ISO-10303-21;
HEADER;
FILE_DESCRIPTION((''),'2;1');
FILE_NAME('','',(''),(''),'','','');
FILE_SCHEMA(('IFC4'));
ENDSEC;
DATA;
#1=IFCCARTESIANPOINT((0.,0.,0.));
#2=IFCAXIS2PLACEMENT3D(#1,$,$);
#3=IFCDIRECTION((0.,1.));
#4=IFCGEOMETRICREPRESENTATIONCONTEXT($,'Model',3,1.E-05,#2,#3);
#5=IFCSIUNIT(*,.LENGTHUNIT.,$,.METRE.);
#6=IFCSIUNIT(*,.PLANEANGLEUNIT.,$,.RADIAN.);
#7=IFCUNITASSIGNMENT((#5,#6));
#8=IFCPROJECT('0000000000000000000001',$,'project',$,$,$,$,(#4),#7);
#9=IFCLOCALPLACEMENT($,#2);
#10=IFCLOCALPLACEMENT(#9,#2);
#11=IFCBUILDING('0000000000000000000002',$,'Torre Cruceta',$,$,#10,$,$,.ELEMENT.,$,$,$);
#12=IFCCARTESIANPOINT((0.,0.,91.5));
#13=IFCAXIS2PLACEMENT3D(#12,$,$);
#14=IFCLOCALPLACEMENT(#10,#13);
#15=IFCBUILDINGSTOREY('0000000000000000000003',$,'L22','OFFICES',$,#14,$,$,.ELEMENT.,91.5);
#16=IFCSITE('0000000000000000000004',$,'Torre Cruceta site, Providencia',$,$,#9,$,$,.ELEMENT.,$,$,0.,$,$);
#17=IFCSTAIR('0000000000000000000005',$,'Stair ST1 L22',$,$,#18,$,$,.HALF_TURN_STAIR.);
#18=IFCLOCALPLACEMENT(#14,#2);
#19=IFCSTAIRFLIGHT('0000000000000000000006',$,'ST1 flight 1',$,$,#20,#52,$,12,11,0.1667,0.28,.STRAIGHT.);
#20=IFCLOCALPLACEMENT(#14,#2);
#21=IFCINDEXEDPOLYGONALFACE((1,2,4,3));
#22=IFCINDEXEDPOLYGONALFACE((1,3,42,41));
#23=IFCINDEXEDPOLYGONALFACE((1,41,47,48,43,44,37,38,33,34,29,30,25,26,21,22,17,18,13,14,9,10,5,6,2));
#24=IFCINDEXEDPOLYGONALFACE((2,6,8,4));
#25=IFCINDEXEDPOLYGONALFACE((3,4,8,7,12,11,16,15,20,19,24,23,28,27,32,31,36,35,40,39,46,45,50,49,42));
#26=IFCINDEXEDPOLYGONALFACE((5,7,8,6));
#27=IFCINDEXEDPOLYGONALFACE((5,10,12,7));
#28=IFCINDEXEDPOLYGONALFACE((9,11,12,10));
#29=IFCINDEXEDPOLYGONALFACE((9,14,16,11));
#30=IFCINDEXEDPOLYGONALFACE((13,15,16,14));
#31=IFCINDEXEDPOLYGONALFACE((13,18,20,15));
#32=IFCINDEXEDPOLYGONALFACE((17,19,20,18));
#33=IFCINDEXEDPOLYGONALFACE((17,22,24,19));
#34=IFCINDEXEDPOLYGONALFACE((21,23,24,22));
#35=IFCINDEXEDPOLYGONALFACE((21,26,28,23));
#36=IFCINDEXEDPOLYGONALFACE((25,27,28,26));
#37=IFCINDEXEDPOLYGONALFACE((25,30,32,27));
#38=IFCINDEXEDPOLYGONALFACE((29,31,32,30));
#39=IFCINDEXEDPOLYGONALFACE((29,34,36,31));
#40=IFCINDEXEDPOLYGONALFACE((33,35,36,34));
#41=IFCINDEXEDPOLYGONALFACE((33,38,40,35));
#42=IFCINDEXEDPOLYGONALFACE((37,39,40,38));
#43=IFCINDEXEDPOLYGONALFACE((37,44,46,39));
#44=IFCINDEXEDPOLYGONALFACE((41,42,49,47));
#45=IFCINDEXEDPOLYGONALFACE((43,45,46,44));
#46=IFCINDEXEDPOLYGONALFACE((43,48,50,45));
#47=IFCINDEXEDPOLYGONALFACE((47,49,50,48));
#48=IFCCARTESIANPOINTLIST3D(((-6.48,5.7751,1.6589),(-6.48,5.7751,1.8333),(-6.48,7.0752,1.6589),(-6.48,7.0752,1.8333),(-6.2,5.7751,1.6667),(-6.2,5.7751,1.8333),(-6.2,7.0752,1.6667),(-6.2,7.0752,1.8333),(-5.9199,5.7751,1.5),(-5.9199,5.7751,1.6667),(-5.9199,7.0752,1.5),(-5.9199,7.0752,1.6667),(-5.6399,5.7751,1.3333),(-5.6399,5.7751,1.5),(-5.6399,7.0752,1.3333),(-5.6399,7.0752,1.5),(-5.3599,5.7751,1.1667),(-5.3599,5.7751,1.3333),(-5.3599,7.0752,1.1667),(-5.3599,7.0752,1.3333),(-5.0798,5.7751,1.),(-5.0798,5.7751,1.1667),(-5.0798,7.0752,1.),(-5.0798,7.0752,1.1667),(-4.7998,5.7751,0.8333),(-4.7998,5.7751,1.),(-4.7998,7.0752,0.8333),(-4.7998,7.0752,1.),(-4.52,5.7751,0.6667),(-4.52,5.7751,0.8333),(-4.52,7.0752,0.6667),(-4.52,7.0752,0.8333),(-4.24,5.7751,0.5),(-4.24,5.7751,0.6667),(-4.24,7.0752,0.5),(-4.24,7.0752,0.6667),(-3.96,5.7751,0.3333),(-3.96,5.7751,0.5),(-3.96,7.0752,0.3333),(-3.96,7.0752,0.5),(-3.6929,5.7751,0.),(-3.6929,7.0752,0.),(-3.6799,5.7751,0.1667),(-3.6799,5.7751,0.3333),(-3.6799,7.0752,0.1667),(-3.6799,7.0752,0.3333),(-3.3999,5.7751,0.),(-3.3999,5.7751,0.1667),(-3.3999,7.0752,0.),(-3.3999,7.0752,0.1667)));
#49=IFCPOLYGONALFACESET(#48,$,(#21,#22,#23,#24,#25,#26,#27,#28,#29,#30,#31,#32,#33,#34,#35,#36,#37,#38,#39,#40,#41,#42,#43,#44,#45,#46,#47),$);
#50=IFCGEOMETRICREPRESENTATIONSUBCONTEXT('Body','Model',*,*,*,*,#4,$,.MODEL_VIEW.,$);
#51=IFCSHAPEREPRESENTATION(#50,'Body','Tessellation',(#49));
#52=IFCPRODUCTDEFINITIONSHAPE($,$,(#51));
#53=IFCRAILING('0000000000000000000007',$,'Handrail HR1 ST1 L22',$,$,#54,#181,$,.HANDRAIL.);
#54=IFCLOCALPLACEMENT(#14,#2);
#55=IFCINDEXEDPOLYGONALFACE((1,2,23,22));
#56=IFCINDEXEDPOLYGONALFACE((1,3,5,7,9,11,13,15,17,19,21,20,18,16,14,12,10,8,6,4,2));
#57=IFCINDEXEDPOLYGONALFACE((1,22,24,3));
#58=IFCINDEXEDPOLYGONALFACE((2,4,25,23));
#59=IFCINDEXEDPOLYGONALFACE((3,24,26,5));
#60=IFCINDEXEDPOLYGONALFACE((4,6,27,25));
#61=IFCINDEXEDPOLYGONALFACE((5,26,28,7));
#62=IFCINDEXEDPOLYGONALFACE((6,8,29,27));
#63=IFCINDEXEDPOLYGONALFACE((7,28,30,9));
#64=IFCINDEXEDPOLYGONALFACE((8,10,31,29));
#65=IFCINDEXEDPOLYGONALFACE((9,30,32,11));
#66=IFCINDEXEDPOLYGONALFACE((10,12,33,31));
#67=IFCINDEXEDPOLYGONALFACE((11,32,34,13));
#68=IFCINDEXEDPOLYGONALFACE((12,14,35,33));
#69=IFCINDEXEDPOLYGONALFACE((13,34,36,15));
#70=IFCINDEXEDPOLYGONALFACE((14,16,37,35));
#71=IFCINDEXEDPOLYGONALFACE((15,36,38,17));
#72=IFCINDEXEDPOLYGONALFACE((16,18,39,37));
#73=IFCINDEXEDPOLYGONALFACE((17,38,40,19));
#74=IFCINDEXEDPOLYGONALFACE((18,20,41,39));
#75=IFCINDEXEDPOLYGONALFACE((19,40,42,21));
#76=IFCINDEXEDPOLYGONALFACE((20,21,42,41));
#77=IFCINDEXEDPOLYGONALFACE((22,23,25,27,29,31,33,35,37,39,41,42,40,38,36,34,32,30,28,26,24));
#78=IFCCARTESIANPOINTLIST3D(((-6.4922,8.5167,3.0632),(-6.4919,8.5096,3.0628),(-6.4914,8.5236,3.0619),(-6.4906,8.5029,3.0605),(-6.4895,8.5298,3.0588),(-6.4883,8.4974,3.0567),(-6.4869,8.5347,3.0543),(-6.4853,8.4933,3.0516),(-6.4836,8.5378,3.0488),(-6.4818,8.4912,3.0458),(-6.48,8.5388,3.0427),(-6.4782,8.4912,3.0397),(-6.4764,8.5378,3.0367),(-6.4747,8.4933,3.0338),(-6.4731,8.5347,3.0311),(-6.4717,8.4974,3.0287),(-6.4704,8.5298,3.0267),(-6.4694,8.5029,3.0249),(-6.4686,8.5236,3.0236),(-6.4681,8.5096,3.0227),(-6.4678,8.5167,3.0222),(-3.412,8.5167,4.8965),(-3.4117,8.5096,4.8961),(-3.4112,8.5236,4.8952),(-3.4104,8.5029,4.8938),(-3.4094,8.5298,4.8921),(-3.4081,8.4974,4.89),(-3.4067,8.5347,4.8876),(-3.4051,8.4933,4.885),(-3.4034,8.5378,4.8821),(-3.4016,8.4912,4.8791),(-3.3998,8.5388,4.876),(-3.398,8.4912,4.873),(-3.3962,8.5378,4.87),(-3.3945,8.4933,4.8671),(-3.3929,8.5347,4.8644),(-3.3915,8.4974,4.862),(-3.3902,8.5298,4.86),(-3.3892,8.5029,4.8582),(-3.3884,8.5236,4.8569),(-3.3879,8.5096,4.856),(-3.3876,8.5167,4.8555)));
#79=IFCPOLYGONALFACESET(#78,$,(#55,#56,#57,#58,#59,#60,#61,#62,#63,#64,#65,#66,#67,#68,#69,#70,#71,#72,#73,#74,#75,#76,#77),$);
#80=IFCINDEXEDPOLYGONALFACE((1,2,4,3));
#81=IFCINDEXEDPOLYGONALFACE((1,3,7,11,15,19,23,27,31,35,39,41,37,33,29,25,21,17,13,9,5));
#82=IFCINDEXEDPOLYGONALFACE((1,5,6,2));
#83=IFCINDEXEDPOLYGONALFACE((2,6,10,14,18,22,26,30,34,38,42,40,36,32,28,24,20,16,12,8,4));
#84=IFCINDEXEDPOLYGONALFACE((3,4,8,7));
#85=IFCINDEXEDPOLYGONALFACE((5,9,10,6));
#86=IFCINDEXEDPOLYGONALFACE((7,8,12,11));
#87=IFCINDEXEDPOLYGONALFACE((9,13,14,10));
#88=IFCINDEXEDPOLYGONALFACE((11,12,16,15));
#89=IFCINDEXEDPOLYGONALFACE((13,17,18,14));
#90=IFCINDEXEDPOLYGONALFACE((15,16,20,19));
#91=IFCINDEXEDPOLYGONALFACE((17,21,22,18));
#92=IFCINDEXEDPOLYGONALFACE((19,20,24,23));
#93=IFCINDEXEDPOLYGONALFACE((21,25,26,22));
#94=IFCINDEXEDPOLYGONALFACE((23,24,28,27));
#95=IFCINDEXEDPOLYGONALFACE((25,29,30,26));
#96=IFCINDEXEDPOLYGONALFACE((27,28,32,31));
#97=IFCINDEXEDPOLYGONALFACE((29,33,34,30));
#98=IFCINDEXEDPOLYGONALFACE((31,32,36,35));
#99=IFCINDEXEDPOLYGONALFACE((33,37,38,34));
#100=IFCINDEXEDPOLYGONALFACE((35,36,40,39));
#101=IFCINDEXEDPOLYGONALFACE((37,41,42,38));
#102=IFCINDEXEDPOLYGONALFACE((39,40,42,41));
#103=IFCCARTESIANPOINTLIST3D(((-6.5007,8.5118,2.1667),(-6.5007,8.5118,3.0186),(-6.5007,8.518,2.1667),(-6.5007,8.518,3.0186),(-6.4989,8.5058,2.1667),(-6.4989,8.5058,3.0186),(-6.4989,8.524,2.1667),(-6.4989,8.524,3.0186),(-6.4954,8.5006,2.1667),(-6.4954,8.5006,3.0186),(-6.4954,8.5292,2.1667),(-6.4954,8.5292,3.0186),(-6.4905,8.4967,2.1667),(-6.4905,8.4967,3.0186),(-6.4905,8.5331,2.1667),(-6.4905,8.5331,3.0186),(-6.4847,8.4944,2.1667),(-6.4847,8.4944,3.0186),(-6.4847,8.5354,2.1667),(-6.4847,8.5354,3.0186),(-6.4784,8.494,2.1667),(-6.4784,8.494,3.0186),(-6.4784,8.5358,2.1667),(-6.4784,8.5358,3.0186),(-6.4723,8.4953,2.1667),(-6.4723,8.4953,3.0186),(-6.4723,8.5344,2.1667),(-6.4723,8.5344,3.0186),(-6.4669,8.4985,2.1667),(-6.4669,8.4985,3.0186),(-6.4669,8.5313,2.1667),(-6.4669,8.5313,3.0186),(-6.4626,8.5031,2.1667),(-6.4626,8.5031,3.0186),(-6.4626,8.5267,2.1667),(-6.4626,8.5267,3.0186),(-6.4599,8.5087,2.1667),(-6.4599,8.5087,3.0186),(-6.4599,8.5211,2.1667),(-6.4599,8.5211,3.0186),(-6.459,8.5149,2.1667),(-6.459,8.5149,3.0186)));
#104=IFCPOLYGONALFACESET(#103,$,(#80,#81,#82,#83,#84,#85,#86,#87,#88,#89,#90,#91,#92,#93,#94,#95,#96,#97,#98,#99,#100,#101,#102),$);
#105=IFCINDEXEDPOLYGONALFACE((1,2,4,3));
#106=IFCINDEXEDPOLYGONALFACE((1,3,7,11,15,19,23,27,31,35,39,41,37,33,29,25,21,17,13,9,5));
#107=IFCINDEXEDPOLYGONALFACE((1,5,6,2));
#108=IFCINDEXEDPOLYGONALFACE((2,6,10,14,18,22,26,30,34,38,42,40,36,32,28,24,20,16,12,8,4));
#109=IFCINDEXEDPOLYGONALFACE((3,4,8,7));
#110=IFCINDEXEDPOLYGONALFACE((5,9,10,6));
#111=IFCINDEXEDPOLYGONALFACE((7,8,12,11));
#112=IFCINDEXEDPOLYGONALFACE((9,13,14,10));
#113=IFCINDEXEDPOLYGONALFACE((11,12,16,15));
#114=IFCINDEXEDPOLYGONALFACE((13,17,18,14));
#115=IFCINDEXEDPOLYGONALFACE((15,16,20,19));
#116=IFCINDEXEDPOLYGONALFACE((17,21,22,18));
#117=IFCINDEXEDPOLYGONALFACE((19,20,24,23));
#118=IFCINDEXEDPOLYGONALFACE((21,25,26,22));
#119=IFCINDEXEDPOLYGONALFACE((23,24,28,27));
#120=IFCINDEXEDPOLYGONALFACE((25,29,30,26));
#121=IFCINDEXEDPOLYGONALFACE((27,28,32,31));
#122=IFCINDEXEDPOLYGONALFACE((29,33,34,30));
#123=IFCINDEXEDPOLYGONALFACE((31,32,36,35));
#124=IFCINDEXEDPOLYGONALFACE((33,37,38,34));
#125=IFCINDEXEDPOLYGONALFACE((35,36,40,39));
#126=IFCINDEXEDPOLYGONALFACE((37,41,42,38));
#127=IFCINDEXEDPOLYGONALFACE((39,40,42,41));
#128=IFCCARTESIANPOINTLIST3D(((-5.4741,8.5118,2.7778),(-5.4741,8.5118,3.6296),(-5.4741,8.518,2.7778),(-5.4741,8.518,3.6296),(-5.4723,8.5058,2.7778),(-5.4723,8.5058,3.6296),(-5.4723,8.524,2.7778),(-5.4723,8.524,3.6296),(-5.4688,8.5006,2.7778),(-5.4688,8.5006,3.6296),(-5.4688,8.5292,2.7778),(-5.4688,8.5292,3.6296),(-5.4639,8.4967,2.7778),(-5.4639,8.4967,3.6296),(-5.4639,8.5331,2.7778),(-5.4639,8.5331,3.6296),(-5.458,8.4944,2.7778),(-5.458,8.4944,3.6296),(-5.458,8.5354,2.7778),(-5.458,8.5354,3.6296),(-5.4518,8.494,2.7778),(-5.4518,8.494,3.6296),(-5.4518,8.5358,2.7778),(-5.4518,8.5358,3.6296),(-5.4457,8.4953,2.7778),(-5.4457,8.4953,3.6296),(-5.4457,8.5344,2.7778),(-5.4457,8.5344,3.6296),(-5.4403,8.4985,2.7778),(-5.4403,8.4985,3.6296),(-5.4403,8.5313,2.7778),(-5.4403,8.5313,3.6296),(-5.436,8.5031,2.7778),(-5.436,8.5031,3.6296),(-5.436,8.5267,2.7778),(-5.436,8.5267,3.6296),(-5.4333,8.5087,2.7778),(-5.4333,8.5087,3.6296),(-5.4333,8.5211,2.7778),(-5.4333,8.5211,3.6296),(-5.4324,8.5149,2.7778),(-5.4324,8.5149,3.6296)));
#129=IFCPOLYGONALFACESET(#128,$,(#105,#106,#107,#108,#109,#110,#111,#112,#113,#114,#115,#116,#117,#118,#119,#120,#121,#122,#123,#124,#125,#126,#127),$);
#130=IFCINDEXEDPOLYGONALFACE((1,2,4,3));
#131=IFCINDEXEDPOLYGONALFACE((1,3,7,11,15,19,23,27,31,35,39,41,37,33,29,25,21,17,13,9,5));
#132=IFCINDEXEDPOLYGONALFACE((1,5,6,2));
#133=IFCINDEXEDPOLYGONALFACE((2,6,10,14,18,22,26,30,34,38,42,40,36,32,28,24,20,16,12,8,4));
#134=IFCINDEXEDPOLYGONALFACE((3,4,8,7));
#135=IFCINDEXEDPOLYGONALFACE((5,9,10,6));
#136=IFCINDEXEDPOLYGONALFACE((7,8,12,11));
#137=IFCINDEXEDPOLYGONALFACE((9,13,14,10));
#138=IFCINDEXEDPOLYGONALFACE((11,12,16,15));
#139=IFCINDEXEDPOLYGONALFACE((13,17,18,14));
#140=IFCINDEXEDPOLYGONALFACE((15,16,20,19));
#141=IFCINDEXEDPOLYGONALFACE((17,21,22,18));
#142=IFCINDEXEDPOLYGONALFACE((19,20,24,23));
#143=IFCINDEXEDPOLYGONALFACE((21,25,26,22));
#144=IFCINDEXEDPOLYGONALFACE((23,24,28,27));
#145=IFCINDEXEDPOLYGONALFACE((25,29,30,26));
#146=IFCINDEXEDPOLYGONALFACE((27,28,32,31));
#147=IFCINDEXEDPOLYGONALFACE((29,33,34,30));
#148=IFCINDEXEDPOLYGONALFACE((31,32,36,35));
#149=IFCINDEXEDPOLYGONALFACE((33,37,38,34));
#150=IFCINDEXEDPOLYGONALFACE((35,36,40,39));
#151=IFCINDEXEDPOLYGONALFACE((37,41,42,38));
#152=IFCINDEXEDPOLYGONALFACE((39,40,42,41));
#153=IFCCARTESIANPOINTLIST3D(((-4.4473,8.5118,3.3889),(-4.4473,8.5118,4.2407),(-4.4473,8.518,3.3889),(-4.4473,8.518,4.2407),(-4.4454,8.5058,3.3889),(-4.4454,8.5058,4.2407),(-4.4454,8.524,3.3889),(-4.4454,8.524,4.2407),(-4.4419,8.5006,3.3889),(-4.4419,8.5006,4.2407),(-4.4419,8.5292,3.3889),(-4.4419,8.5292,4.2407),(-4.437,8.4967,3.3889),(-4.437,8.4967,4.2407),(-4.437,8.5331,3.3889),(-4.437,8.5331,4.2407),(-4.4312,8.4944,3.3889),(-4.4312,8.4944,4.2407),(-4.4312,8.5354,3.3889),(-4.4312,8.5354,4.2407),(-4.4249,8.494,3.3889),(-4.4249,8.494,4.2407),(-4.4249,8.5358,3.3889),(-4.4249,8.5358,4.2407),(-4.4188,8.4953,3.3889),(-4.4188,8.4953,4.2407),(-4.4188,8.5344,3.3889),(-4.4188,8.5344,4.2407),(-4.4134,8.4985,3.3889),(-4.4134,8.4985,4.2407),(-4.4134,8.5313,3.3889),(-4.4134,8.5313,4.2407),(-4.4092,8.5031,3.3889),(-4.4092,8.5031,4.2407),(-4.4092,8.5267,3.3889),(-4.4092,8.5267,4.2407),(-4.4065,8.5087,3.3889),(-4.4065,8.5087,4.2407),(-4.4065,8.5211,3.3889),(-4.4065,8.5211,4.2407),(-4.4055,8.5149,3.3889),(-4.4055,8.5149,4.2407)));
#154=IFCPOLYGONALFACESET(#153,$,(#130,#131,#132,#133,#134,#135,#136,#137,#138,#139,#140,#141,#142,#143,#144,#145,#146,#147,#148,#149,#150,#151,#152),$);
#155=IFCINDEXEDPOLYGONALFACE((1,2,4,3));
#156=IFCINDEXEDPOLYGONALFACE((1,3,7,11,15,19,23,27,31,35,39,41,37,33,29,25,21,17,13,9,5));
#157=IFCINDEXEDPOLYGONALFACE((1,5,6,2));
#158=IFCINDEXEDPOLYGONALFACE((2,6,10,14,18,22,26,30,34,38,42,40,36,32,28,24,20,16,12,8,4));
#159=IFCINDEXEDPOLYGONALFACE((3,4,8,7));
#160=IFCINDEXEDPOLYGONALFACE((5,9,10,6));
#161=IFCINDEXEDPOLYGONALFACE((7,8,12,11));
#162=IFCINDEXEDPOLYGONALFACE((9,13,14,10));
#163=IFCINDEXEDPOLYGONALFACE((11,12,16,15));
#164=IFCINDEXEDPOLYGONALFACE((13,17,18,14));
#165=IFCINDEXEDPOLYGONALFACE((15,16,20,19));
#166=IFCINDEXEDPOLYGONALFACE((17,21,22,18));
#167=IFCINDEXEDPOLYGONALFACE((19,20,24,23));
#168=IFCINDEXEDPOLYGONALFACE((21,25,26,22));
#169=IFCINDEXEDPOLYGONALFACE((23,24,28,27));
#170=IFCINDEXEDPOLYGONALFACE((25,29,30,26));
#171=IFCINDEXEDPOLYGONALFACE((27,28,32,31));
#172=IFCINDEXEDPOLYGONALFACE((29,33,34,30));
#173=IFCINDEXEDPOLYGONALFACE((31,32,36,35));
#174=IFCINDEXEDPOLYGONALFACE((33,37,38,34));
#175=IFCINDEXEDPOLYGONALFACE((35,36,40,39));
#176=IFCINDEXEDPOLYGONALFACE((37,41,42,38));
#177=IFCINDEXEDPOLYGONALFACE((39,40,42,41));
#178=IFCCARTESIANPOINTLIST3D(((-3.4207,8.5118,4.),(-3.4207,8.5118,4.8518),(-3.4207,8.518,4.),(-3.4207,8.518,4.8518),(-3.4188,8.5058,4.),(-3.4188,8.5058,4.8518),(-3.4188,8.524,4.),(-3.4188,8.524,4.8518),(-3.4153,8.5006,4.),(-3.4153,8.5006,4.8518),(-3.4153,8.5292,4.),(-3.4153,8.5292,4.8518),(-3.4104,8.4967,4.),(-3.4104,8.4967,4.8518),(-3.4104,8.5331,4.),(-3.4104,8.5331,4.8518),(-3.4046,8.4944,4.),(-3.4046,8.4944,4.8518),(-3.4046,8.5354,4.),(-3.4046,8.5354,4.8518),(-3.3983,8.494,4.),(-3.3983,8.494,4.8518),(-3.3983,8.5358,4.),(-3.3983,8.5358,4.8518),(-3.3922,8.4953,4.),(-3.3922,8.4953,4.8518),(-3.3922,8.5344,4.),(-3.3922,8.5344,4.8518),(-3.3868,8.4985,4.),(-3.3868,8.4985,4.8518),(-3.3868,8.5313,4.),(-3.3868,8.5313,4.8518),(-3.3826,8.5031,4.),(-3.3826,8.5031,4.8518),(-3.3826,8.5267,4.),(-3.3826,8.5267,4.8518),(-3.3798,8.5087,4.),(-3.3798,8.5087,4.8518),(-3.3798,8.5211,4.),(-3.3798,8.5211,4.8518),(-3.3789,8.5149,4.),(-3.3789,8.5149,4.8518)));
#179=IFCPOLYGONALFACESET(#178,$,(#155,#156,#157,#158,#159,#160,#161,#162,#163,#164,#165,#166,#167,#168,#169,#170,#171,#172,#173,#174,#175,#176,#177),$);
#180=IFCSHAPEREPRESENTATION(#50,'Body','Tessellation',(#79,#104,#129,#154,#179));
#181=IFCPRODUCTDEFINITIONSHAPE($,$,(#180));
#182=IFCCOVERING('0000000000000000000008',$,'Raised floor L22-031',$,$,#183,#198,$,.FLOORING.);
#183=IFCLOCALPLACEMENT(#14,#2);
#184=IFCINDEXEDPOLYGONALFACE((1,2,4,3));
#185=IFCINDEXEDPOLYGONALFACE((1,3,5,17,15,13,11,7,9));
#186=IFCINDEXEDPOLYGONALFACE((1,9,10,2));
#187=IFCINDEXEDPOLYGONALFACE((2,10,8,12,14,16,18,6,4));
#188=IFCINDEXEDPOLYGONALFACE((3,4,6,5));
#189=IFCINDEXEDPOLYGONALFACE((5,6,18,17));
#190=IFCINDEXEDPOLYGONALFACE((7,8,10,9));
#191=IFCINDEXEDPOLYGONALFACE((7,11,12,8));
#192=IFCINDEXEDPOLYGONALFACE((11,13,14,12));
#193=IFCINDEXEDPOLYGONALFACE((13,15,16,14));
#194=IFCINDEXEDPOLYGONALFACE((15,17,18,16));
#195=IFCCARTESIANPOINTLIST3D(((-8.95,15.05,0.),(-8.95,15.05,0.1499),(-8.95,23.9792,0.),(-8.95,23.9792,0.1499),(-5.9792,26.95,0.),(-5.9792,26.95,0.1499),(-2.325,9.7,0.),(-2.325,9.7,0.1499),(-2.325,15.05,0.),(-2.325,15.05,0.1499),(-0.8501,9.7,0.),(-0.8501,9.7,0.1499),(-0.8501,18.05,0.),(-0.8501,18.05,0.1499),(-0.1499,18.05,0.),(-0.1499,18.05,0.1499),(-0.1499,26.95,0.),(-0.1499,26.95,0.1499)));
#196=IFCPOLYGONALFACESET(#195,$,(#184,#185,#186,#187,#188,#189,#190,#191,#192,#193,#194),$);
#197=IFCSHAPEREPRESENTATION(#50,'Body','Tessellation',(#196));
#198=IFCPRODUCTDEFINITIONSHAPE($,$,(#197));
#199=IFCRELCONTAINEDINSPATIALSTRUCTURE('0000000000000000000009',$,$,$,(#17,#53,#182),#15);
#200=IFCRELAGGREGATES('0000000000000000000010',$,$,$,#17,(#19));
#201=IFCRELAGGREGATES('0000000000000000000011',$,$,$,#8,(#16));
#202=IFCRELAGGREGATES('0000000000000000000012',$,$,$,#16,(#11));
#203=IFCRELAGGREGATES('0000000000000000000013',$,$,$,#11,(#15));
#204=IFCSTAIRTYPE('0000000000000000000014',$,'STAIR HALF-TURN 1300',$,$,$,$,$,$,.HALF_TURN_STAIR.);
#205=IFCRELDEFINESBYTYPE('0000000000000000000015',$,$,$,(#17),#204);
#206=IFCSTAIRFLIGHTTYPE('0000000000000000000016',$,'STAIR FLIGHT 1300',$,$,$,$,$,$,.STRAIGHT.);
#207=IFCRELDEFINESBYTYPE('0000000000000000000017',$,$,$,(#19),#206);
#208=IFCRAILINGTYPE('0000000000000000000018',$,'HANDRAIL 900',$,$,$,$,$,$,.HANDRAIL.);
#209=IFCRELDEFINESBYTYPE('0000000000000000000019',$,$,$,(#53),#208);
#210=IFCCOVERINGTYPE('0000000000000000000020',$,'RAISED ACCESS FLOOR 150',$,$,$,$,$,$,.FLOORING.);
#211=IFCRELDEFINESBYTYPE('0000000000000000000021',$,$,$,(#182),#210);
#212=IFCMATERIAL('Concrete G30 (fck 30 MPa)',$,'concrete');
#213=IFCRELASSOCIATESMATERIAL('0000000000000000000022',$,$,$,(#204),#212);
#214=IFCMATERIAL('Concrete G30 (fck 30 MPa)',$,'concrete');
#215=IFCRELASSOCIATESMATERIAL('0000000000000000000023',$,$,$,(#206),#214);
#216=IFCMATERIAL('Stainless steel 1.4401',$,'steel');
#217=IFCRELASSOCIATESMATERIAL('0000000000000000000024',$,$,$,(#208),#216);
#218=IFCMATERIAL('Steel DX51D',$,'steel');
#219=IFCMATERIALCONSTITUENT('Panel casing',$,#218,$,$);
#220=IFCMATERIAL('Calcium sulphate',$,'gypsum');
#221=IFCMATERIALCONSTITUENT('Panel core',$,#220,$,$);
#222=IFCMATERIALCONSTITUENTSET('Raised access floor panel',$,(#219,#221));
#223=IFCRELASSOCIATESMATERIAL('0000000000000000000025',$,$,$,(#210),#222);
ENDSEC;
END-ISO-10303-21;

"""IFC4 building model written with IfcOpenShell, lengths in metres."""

from ifc_helpers import new_model, si_unit, direction, frame, origin, origin_2d, place, context, subcontext, project, spatial, polyline, circle, outline, extrude, material, constituent, constituent_set, type_object, element, aggregate, save


model = new_model("IFC4")

# Units and contexts
model_context = context("Model", 3, precision=1e-05, world=origin(), true_north=direction((0.0, 1.0)))
body_context = subcontext(model_context, "Body", "Model", "MODEL_VIEW")
ifc_project = project(units=[si_unit("LENGTHUNIT", "METRE"), si_unit("PLANEANGLEUNIT", "RADIAN")], contexts=[model_context])

# Site, building, storey
site_placement = place(None, origin())
site = spatial("IfcSite", under=ifc_project, at=site_placement, Name="Torre Cruceta site, Providencia", CompositionType="ELEMENT", RefElevation=0.0)
building_placement = place(site_placement, origin())
building = spatial("IfcBuilding", under=site, at=building_placement, Name="Torre Cruceta", CompositionType="ELEMENT")
storey_placement = place(building_placement, frame((0.0, 0.0, 91.5)))
storey = spatial("IfcBuildingStorey", under=building, at=storey_placement, Name="L22", Description="OFFICES", CompositionType="ELEMENT", Elevation=91.5)

# Stair, stair flight
ifc_material_1 = material(Name="Concrete G30 (fck 30 MPa)", Category="concrete")
stair_type = type_object("IfcStairType", Name="STAIR HALF-TURN 1300", PredefinedType="HALF_TURN_STAIR", material=ifc_material_1)
stair_placement = place(storey_placement, origin())
stair = element("IfcStair", 1, at=stair_placement, inside=storey, type_object=stair_type, Name="Stair ST1 L22", PredefinedType="HALF_TURN_STAIR")
ifc_material_2 = material(Name="Concrete G30 (fck 30 MPa)", Category="concrete")
stair_flight_type = type_object("IfcStairFlightType", Name="STAIR FLIGHT 1300", PredefinedType="STRAIGHT", material=ifc_material_2)
stair_flight_placement = place(storey_placement, frame((-3.3999, 6.425, 0.0), z_axis=(0.0, 0.0, 1.0), x_axis=(-1.0, 0.0, 0.0)))
stair_flight = element("IfcStairFlight", 2, at=stair_flight_placement, type_object=stair_flight_type, Name="ST1 flight 1", NumberOfRisers=12, NumberOfTreads=11, PredefinedType="STRAIGHT", RiserHeight=0.1667, TreadLength=0.28, context=body_context, shape_type="SweptSolid", body=[
    extrude(outline(polyline([(0.0, 0.0), (0.0, 0.1667), (0.28, 0.1667), (0.28, 0.3333), (0.5601, 0.3333), (0.5601, 0.5), (0.8401, 0.5), (0.8401, 0.6667), (1.1201, 0.6667), (1.1201, 0.8333), (1.3999, 0.8333), (1.3999, 1.0), (1.6799, 1.0), (1.6799, 1.1667), (1.96, 1.1667), (1.96, 1.3333), (2.24, 1.3333), (2.24, 1.5), (2.52, 1.5), (2.52, 1.6667), (2.8, 1.6667), (2.8, 1.8333), (3.0801, 1.8333), (3.0801, 2.0), (3.0801, 1.6589), (0.293, 0.0), (0.0, 0.0)])), frame((0.0, 0.6499, 0.0), z_axis=(0.0, -1.0, 0.0), x_axis=(1.0, 0.0, 0.0)), (0.0, 0.0, 1.0), 1.3),
])
aggregate(stair, [stair_flight])

# Railing
ifc_material_3 = material(Name="Stainless steel 1.4401", Category="steel")
railing_type = type_object("IfcRailingType", Name="HANDRAIL 900", PredefinedType="HANDRAIL", material=ifc_material_3)
railing_1_placement = place(storey_placement, frame((-6.48, 8.5149, 2.1667)))
element("IfcRailing", 3, at=railing_1_placement, inside=storey, type_object=railing_type, Name="Handrail HR1 ST1 L22", PredefinedType="HANDRAIL", context=body_context, shape_type="SweptSolid", body=[
    extrude(circle(Radius=0.0239, at=origin_2d()), frame((0.0, 0.0, 0.876), z_axis=(0.859309, 0.0, 0.511458), x_axis=(0.0, 1.0, 0.0)), (0.0, 0.0, 1.0), 3.5845),
    extrude(circle(Radius=0.021, at=origin_2d()), origin(), (0.0, 0.0, 1.0), 0.8518),
    extrude(circle(Radius=0.021, at=origin_2d()), frame((1.0266, 0.0, 0.6111)), (0.0, 0.0, 1.0), 0.8518),
    extrude(circle(Radius=0.021, at=origin_2d()), frame((2.0535, 0.0, 1.2222)), (0.0, 0.0, 1.0), 0.8518),
    extrude(circle(Radius=0.021, at=origin_2d()), frame((3.0801, 0.0, 1.8333)), (0.0, 0.0, 1.0), 0.8518),
])

# Covering
ifc_material_4 = material(Name="Steel DX51D", Category="steel")
ifc_constituent_1 = constituent(ifc_material_4, Name="Panel casing")
ifc_material_5 = material(Name="Calcium sulphate", Category="gypsum")
ifc_constituent_2 = constituent(ifc_material_5, Name="Panel core")
ifc_constituent_set_1 = constituent_set(constituents=[ifc_constituent_1, ifc_constituent_2], Name="Raised access floor panel")
covering_type_1 = type_object("IfcCoveringType", Name="RAISED ACCESS FLOOR 150", PredefinedType="FLOORING", material=ifc_constituent_set_1)
covering_1_placement = place(storey_placement, origin())
element("IfcCovering", 4, at=covering_1_placement, inside=storey, type_object=covering_type_1, Name="Raised floor L22-031", PredefinedType="FLOORING", context=body_context, shape_type="SweptSolid", body=[
    extrude(outline(polyline([(-0.1499, 26.95), (-0.1499, 18.05), (-0.8501, 18.05), (-0.8501, 9.7), (-2.325, 9.7), (-2.325, 15.05), (-8.95, 15.05), (-8.95, 23.9792), (-5.9792, 26.95), (-0.1499, 26.95)])), origin(), (0.0, 0.0, 1.0), 0.1499),
])

save(model, "model.ifc")
